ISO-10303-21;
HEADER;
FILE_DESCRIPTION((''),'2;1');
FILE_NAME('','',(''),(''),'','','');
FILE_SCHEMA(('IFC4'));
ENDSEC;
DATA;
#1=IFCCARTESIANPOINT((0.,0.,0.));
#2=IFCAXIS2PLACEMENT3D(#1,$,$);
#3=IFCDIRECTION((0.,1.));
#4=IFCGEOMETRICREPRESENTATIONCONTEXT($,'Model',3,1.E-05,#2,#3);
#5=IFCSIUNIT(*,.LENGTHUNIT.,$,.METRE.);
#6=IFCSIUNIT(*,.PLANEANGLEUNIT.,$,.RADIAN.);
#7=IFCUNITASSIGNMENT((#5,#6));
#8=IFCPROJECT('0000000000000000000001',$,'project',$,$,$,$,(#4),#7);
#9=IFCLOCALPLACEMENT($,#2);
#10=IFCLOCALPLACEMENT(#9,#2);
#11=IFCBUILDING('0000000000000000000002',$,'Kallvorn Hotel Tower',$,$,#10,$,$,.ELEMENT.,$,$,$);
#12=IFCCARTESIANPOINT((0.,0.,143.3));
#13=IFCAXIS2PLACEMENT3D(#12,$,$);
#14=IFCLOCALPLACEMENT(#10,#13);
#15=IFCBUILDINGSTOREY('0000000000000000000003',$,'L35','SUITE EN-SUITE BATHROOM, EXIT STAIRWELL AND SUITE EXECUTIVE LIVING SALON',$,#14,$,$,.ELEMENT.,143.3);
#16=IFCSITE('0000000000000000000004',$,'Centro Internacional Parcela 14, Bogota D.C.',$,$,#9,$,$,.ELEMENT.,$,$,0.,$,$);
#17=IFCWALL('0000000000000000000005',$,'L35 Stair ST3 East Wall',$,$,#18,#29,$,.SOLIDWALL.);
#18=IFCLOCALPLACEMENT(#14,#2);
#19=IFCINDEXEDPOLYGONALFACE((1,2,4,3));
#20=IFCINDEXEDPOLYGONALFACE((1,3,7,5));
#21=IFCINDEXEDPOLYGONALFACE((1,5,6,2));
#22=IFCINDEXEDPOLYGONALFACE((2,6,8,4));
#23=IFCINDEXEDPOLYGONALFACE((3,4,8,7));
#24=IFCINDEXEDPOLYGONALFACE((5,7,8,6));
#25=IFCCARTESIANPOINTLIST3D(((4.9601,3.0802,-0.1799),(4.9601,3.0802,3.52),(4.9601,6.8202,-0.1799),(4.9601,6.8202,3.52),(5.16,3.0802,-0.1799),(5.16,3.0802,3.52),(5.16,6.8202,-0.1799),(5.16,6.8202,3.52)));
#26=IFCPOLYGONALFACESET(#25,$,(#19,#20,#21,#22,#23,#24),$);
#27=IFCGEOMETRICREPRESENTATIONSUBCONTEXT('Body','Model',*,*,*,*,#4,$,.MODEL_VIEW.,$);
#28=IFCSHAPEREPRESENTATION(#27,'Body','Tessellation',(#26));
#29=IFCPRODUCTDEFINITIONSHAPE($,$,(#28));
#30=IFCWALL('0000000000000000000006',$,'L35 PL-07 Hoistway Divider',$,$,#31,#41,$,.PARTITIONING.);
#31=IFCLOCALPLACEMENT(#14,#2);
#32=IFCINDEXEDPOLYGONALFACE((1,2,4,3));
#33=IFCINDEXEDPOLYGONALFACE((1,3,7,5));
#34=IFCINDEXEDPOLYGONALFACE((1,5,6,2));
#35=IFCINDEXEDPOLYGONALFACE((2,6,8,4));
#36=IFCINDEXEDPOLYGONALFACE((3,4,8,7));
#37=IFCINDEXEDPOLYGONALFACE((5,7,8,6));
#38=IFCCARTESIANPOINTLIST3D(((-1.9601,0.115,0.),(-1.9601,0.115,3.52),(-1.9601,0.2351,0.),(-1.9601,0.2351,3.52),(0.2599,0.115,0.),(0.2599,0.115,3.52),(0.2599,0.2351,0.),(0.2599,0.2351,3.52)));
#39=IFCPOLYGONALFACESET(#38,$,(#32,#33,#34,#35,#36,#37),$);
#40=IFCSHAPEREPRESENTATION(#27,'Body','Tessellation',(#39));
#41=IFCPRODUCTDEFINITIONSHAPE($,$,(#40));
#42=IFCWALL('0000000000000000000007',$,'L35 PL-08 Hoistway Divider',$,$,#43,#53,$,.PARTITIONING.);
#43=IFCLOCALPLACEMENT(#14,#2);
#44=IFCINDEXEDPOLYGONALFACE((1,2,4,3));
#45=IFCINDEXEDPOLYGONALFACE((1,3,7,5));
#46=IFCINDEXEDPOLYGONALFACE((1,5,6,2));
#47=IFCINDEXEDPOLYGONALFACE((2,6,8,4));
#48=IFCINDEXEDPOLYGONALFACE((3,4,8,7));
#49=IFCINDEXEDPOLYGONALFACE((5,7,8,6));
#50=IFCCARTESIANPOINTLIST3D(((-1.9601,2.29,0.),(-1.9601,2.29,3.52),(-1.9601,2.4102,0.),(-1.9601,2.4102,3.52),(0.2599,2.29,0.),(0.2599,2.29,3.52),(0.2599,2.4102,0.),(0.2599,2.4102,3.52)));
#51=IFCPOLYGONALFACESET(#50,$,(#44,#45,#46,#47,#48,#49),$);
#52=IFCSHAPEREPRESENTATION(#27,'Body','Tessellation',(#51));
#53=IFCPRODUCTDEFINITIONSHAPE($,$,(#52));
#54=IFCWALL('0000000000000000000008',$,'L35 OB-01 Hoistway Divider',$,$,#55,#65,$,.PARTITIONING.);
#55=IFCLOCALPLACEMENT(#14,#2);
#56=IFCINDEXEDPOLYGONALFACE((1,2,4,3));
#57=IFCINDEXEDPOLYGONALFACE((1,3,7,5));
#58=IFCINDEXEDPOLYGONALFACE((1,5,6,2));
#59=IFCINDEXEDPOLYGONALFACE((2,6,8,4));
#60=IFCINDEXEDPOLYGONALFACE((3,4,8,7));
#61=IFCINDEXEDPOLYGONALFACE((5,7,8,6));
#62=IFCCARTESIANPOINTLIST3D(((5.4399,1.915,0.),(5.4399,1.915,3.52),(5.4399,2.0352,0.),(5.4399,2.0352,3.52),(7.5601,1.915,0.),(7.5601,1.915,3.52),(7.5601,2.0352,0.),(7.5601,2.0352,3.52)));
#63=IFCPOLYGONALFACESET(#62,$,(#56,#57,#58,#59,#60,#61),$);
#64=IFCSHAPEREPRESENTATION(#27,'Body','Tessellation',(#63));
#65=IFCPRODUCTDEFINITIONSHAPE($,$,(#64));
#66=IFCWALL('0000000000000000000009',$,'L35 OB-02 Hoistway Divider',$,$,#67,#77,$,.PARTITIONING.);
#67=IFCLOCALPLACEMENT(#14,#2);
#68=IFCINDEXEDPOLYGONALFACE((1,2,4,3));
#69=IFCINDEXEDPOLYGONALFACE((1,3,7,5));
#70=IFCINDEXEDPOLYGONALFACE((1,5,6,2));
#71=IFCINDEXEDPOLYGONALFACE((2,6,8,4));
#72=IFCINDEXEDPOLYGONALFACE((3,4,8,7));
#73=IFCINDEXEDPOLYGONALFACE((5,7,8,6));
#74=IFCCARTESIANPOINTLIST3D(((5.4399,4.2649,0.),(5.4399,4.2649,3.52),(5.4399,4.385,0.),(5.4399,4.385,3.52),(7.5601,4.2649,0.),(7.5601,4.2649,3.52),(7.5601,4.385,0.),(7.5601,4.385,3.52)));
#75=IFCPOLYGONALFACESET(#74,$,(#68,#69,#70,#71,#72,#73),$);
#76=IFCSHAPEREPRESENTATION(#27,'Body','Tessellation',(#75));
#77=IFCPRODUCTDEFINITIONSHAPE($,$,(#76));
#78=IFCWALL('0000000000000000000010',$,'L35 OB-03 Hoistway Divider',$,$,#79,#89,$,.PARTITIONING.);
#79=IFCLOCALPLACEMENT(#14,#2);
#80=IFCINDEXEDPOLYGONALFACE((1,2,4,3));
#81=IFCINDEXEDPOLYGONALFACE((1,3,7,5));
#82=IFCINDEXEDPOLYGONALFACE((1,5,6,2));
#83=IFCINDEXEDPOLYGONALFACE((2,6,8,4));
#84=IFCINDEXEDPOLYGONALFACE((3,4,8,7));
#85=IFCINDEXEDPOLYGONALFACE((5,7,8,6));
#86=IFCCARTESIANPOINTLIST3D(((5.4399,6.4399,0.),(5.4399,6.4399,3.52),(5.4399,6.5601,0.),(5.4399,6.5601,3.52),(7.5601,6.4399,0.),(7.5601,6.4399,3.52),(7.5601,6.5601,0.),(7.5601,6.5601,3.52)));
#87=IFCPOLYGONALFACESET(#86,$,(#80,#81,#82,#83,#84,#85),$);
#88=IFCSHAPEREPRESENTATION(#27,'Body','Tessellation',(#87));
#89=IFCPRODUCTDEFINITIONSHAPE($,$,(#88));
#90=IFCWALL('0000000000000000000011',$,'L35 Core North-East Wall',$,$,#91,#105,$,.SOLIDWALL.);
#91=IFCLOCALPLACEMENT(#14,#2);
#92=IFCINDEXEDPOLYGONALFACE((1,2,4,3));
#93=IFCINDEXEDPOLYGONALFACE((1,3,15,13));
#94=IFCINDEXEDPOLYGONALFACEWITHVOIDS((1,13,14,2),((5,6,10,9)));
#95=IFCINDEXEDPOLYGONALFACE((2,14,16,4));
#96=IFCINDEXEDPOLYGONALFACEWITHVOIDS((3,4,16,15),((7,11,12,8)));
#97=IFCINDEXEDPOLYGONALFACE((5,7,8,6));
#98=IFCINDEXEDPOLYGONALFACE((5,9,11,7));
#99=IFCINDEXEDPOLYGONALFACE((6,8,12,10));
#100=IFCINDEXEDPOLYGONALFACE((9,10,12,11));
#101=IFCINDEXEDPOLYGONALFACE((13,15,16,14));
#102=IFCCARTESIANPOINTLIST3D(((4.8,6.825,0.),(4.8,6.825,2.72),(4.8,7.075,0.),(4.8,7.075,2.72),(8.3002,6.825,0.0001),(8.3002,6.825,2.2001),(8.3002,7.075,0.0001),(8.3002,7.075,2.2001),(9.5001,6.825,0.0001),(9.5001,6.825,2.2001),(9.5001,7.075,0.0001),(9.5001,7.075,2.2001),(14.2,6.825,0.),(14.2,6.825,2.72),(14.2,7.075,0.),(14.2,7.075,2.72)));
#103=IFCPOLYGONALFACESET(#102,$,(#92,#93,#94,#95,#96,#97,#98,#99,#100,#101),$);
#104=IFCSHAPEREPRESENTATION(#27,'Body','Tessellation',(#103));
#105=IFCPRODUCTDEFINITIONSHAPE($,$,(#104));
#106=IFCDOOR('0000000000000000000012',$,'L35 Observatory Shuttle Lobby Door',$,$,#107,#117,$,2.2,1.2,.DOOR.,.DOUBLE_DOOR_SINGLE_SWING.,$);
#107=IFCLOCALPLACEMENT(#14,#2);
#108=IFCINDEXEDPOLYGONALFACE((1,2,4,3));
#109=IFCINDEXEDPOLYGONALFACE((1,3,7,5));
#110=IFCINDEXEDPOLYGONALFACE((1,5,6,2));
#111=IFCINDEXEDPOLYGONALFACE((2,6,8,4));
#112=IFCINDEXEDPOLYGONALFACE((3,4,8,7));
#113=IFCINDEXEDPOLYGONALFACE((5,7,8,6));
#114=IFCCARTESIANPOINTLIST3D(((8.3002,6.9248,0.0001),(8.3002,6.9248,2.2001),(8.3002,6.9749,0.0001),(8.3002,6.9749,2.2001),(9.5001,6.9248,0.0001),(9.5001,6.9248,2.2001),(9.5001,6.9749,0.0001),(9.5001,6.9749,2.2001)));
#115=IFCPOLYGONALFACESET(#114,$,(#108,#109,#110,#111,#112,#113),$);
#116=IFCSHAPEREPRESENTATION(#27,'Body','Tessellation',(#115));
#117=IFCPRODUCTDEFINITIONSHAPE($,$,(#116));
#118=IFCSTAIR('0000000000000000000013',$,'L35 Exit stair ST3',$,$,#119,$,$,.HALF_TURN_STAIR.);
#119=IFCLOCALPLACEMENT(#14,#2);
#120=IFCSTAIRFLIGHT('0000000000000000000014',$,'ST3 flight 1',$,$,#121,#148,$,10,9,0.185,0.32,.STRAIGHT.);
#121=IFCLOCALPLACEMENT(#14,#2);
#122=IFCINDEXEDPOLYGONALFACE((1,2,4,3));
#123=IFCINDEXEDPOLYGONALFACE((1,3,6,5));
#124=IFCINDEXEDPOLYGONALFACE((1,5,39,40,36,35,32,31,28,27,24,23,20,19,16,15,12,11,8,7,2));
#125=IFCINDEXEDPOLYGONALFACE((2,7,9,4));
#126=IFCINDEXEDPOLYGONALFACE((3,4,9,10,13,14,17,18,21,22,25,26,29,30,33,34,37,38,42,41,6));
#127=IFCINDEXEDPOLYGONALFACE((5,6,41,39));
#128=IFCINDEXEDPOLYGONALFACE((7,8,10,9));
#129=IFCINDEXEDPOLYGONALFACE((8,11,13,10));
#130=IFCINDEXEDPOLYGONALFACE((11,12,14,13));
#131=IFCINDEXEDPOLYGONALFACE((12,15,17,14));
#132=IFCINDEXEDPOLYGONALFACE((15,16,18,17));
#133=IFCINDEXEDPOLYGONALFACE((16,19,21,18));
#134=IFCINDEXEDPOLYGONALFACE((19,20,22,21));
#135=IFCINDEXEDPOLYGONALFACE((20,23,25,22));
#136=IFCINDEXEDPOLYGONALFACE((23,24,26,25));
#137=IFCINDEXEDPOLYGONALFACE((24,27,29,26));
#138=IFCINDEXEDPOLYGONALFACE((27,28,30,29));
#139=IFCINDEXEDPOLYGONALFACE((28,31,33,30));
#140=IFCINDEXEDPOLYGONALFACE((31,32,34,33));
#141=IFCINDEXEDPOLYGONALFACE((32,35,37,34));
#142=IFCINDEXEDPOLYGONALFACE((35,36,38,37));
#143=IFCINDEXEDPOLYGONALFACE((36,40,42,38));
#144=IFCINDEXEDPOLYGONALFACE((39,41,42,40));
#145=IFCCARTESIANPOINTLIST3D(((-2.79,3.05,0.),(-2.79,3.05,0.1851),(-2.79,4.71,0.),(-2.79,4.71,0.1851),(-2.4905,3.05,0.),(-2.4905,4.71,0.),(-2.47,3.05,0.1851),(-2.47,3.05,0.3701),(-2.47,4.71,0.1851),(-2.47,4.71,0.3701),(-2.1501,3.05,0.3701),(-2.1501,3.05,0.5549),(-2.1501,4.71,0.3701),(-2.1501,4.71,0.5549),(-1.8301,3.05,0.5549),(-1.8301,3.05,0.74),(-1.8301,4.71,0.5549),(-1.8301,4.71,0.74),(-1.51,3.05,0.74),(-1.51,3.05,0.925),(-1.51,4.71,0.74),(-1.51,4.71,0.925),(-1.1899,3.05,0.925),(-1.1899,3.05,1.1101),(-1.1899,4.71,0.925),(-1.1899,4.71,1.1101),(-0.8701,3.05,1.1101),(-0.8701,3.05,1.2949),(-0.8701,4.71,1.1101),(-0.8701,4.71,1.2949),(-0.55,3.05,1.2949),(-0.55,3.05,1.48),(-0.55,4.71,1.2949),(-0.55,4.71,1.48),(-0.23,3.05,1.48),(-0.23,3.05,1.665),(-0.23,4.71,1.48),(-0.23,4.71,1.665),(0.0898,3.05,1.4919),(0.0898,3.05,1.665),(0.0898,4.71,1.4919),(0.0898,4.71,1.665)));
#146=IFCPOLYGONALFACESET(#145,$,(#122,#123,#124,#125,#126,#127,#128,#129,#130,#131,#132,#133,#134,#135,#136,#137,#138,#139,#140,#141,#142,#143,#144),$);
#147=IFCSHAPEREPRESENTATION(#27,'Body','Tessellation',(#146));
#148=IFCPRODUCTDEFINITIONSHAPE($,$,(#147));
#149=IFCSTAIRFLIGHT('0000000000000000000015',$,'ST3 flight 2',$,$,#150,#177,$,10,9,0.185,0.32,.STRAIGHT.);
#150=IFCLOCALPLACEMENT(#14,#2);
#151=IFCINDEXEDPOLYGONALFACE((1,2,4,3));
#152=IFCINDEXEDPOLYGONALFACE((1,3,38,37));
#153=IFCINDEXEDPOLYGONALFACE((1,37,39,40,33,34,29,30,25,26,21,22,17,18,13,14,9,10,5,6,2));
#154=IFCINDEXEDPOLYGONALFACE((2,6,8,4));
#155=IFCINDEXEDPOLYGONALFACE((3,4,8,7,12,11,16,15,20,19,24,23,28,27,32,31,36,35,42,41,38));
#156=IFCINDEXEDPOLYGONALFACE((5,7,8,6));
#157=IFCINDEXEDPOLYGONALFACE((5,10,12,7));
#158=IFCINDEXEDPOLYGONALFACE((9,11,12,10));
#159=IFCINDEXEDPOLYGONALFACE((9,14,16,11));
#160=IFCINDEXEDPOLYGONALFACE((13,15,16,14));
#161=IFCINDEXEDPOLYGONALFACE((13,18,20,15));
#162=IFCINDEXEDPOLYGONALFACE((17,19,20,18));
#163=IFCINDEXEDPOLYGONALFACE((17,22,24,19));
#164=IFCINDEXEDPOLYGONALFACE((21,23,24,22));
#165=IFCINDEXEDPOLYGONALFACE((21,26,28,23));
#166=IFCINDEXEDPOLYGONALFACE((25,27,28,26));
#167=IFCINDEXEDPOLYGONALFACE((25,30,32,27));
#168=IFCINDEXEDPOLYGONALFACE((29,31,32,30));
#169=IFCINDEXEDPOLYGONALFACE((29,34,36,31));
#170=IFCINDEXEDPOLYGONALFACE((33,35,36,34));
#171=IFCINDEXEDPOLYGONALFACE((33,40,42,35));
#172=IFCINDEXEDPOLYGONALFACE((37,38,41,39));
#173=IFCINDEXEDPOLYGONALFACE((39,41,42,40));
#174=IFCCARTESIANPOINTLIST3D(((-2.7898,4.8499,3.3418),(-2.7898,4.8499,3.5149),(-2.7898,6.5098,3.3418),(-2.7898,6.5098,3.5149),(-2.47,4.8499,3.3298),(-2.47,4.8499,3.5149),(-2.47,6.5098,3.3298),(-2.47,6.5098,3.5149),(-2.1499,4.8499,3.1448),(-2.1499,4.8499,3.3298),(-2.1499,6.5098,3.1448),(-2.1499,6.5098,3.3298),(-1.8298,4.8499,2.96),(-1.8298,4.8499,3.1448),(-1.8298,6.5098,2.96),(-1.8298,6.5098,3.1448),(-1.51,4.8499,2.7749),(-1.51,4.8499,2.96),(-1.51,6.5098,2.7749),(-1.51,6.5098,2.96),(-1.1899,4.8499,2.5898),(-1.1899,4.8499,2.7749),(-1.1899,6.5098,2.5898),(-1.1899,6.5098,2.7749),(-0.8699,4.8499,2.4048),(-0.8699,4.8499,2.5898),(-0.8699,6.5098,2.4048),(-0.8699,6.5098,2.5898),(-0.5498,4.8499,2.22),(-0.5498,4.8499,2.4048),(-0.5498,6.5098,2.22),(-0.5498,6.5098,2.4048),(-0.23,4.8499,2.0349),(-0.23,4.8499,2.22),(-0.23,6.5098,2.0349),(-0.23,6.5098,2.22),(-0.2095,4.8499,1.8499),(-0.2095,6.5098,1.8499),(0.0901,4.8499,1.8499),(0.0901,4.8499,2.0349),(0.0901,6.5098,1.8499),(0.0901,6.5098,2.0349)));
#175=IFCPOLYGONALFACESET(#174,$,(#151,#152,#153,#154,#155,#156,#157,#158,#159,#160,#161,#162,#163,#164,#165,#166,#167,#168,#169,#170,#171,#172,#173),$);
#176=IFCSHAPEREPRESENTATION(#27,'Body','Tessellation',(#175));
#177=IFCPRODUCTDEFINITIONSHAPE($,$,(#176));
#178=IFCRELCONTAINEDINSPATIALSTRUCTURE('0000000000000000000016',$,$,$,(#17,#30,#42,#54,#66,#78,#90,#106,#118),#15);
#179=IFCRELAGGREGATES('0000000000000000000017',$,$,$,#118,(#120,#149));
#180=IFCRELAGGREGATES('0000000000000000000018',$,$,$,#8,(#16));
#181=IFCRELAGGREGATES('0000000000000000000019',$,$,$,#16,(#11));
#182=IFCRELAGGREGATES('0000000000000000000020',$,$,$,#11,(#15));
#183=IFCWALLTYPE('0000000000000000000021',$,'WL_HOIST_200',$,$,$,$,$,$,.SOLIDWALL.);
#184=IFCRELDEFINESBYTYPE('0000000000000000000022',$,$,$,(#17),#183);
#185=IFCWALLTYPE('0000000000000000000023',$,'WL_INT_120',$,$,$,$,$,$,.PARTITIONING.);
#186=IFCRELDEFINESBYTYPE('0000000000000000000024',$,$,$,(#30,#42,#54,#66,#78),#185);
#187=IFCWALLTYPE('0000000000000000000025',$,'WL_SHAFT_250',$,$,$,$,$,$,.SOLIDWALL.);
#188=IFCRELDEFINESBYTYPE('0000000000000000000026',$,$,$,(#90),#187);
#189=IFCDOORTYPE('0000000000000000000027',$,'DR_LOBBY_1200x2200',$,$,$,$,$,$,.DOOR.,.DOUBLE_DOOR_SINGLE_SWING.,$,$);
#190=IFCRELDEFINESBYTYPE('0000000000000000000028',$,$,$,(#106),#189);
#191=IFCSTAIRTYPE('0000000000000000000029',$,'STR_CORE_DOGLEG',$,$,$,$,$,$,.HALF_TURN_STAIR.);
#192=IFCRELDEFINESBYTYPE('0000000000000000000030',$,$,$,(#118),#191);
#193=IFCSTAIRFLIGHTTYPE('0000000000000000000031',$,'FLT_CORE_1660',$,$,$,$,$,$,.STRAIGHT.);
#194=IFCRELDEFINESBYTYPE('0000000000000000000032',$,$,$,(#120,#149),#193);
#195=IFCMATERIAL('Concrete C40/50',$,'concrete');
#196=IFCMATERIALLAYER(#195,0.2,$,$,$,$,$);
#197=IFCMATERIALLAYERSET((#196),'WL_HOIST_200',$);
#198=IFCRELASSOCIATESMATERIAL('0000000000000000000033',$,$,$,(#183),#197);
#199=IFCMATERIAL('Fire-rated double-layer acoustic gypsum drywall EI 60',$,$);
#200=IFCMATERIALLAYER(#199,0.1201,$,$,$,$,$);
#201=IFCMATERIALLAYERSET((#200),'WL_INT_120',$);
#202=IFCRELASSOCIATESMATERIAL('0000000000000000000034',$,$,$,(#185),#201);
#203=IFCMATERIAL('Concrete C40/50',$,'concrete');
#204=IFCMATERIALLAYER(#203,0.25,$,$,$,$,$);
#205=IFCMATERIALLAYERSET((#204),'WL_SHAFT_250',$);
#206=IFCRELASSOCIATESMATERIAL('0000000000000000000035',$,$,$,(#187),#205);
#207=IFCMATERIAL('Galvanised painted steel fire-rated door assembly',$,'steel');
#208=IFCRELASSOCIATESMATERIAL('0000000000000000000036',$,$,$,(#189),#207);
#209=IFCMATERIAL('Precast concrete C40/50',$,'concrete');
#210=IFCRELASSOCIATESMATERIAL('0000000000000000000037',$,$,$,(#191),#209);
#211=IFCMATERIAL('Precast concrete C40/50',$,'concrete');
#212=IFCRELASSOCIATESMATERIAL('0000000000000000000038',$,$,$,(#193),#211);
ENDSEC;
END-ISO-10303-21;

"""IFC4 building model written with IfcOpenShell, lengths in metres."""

from ifc_helpers import new_model, si_unit, direction, frame, frame_2d, origin, place, context, subcontext, project, spatial, polyline, rectangle, outline, extrude, material, layer, layer_set, type_object, element, fill, aggregate, save


model = new_model("IFC4")

# Units and contexts
model_context = context("Model", 3, precision=1e-05, world=origin(), true_north=direction((0.0, 1.0)))
body_context = subcontext(model_context, "Body", "Model", "MODEL_VIEW")
ifc_project = project(units=[si_unit("LENGTHUNIT", "METRE"), si_unit("PLANEANGLEUNIT", "RADIAN")], contexts=[model_context])

# Site, building, storey
site_placement = place(None, origin())
site = spatial("IfcSite", under=ifc_project, at=site_placement, Name="Centro Internacional Parcela 14, Bogota D.C.", CompositionType="ELEMENT", RefElevation=0.0)
building_placement = place(site_placement, origin())
building = spatial("IfcBuilding", under=site, at=building_placement, Name="Kallvorn Hotel Tower", CompositionType="ELEMENT")
storey_placement = place(building_placement, frame((0.0, 0.0, 143.3)))
storey = spatial("IfcBuildingStorey", under=building, at=storey_placement, Name="L35", Description="SUITE EN-SUITE BATHROOM, EXIT STAIRWELL AND SUITE EXECUTIVE LIVING SALON", CompositionType="ELEMENT", Elevation=143.3)

# Walls
ifc_material_1 = material(Name="Concrete C40/50", Category="concrete")
ifc_layer_1 = layer(ifc_material_1, 0.2)
ifc_layer_set_1 = layer_set([ifc_layer_1], Name="WL_HOIST_200")
wall_type_1 = type_object("IfcWallType", Name="WL_HOIST_200", PredefinedType="SOLIDWALL", material=ifc_layer_set_1)
wall_1_placement = place(storey_placement, frame((5.0601, 3.0801, -0.1799), z_axis=(0.0, 0.0, 1.0), x_axis=(0.0, 1.0, 0.0)))
element("IfcWall", 1, at=wall_1_placement, inside=storey, type_object=wall_type_1, Name="L35 Stair ST3 East Wall", PredefinedType="SOLIDWALL", context=body_context, shape_type="SweptSolid", body=[
    extrude(rectangle(XDim=3.74, YDim=0.2, at=frame_2d((1.8701, 0.0))), origin(), (0.0, 0.0, 1.0), 3.7),
])
ifc_material_2 = material(Name="Fire-rated double-layer acoustic gypsum drywall EI 60")
ifc_layer_2 = layer(ifc_material_2, 0.1201)
ifc_layer_set_2 = layer_set([ifc_layer_2], Name="WL_INT_120")
wall_type_2 = type_object("IfcWallType", Name="WL_INT_120", PredefinedType="PARTITIONING", material=ifc_layer_set_2)
for number, where, z_axis, x_axis, name in (
    (2, (-1.96, 0.175, 0.0), (0.0, 0.0, 1.0), (1.0, 0.0, 0.0), "L35 PL-07 Hoistway Divider"),
    (3, (-1.96, 2.3501, 0.0), (0.0, 0.0, 1.0), (1.0, 0.0, 0.0), "L35 PL-08 Hoistway Divider"),
):
    element("IfcWall", number, at=place(storey_placement, frame(where, z_axis=z_axis, x_axis=x_axis)), inside=storey, type_object=wall_type_2, Name=name, PredefinedType="PARTITIONING", context=body_context, shape_type="SweptSolid", body=[
        extrude(rectangle(XDim=2.22, YDim=0.1201, at=frame_2d((1.1099, 0.0))), origin(), (0.0, 0.0, 1.0), 3.52),
    ])
for number, where, z_axis, x_axis, name in (
    (4, (5.4399, 1.9751, 0.0), (0.0, 0.0, 1.0), (1.0, 0.0, 0.0), "L35 OB-01 Hoistway Divider"),
    (5, (5.4399, 4.325, 0.0), (0.0, 0.0, 1.0), (1.0, 0.0, 0.0), "L35 OB-02 Hoistway Divider"),
    (6, (5.4399, 6.5, 0.0), (0.0, 0.0, 1.0), (1.0, 0.0, 0.0), "L35 OB-03 Hoistway Divider"),
):
    element("IfcWall", number, at=place(storey_placement, frame(where, z_axis=z_axis, x_axis=x_axis)), inside=storey, type_object=wall_type_2, Name=name, PredefinedType="PARTITIONING", context=body_context, shape_type="SweptSolid", body=[
        extrude(rectangle(XDim=2.1201, YDim=0.1201, at=frame_2d((1.0601, 0.0))), origin(), (0.0, 0.0, 1.0), 3.52),
    ])

# Wall, opening, door
ifc_material_3 = material(Name="Concrete C40/50", Category="concrete")
ifc_layer_3 = layer(ifc_material_3, 0.25)
ifc_layer_set_3 = layer_set([ifc_layer_3], Name="WL_SHAFT_250")
wall_type_3 = type_object("IfcWallType", Name="WL_SHAFT_250", PredefinedType="SOLIDWALL", material=ifc_layer_set_3)
wall_2_placement = place(storey_placement, frame((4.8, 6.95, 0.0), z_axis=(0.0, 0.0, 1.0), x_axis=(1.0, 0.0, 0.0)))
wall_2 = element("IfcWall", 7, at=wall_2_placement, inside=storey, type_object=wall_type_3, Name="L35 Core North-East Wall", PredefinedType="SOLIDWALL", context=body_context, shape_type="SweptSolid", body=[
    extrude(rectangle(XDim=9.3999, YDim=0.25, at=frame_2d((4.7, 0.0))), origin(), (0.0, 0.0, 1.0), 2.72),
])
opening_1_placement = place(wall_2_placement, frame((3.5, 0.0, 0.0)))
opening_1 = element("IfcOpeningElement", 8, at=opening_1_placement, cuts=wall_2, PredefinedType="OPENING", context=body_context, shape_type="SweptSolid", body=[
    extrude(rectangle(XDim=1.2, YDim=2.2, at=frame_2d((0.6001, 1.1001))), frame((0.0, 0.1399, 0.0), z_axis=(0.0, -1.0, 0.0), x_axis=(1.0, 0.0, 0.0)), (0.0, 0.0, 1.0), 0.28),
])
ifc_material_4 = material(Name="Galvanised painted steel fire-rated door assembly", Category="steel")
door_type_1 = type_object("IfcDoorType", Name="DR_LOBBY_1200x2200", OperationType="DOUBLE_DOOR_SINGLE_SWING", PredefinedType="DOOR", material=ifc_material_4)
door_1_placement = place(opening_1_placement, origin())
door_1 = element("IfcDoor", 9, at=door_1_placement, inside=storey, type_object=door_type_1, Name="L35 Observatory Shuttle Lobby Door", OperationType="DOUBLE_DOOR_SINGLE_SWING", OverallHeight=2.2, OverallWidth=1.2, PredefinedType="DOOR", context=body_context, shape_type="SweptSolid", body=[
    extrude(rectangle(XDim=1.2, YDim=2.2, at=frame_2d((0.6001, 1.1001))), frame((0.0, 0.0249, 0.0), z_axis=(0.0, -1.0, 0.0), x_axis=(1.0, 0.0, 0.0)), (0.0, 0.0, 1.0), 0.05),
])
fill(opening_1, door_1)

# Stair, stair flights
ifc_material_5 = material(Name="Precast concrete C40/50", Category="concrete")
stair_type = type_object("IfcStairType", Name="STR_CORE_DOGLEG", PredefinedType="HALF_TURN_STAIR", material=ifc_material_5)
stair_placement = place(storey_placement, origin())
stair = element("IfcStair", 10, at=stair_placement, inside=storey, type_object=stair_type, Name="L35 Exit stair ST3", PredefinedType="HALF_TURN_STAIR")
ifc_material_6 = material(Name="Precast concrete C40/50", Category="concrete")
stair_flight_type = type_object("IfcStairFlightType", Name="FLT_CORE_1660", PredefinedType="STRAIGHT", material=ifc_material_6)
stair_flight_1_placement = place(storey_placement, frame((-2.79, 3.8799, 0.0), z_axis=(0.0, 0.0, 1.0), x_axis=(1.0, 0.0, 0.0)))
stair_flight_1 = element("IfcStairFlight", 11, at=stair_flight_1_placement, type_object=stair_flight_type, Name="ST3 flight 1", NumberOfRisers=10, NumberOfTreads=9, PredefinedType="STRAIGHT", RiserHeight=0.185, TreadLength=0.32, context=body_context, shape_type="SweptSolid", body=[
    extrude(outline(polyline([(0.0, 0.0), (0.0, 0.1851), (0.3201, 0.1851), (0.3201, 0.3701), (0.6399, 0.3701), (0.6399, 0.5549), (0.96, 0.5549), (0.96, 0.74), (1.28, 0.74), (1.28, 0.925), (1.6001, 0.925), (1.6001, 1.1101), (1.9199, 1.1101), (1.9199, 1.2949), (2.24, 1.2949), (2.24, 1.48), (2.5601, 1.48), (2.5601, 1.665), (2.8799, 1.665), (2.8799, 1.8501), (2.8799, 1.4919), (0.2996, 0.0), (0.0, 0.0)])), frame((0.0, 0.8301, 0.0), z_axis=(0.0, -1.0, 0.0), x_axis=(1.0, 0.0, 0.0)), (0.0, 0.0, 1.0), 1.6599),
])
stair_flight_2_placement = place(storey_placement, frame((0.0901, 5.6799, 1.8499), z_axis=(0.0, 0.0, 1.0), x_axis=(-1.0, 0.0, 0.0)))
stair_flight_2 = element("IfcStairFlight", 12, at=stair_flight_2_placement, type_object=stair_flight_type, Name="ST3 flight 2", NumberOfRisers=10, NumberOfTreads=9, PredefinedType="STRAIGHT", RiserHeight=0.185, TreadLength=0.32, context=body_context, shape_type="SweptSolid", body=[
    extrude(outline(polyline([(0.0, 0.0), (0.0, 0.1851), (0.3201, 0.1851), (0.3201, 0.3701), (0.6399, 0.3701), (0.6399, 0.5549), (0.96, 0.5549), (0.96, 0.74), (1.28, 0.74), (1.28, 0.925), (1.6001, 0.925), (1.6001, 1.1101), (1.9199, 1.1101), (1.9199, 1.2949), (2.24, 1.2949), (2.24, 1.48), (2.5601, 1.48), (2.5601, 1.665), (2.8799, 1.665), (2.8799, 1.8501), (2.8799, 1.4919), (0.2996, 0.0), (0.0, 0.0)])), frame((0.0, 0.8301, 0.0), z_axis=(0.0, -1.0, 0.0), x_axis=(1.0, 0.0, 0.0)), (0.0, 0.0, 1.0), 1.6599),
])
aggregate(stair, [stair_flight_1, stair_flight_2])

save(model, "model.ifc")
